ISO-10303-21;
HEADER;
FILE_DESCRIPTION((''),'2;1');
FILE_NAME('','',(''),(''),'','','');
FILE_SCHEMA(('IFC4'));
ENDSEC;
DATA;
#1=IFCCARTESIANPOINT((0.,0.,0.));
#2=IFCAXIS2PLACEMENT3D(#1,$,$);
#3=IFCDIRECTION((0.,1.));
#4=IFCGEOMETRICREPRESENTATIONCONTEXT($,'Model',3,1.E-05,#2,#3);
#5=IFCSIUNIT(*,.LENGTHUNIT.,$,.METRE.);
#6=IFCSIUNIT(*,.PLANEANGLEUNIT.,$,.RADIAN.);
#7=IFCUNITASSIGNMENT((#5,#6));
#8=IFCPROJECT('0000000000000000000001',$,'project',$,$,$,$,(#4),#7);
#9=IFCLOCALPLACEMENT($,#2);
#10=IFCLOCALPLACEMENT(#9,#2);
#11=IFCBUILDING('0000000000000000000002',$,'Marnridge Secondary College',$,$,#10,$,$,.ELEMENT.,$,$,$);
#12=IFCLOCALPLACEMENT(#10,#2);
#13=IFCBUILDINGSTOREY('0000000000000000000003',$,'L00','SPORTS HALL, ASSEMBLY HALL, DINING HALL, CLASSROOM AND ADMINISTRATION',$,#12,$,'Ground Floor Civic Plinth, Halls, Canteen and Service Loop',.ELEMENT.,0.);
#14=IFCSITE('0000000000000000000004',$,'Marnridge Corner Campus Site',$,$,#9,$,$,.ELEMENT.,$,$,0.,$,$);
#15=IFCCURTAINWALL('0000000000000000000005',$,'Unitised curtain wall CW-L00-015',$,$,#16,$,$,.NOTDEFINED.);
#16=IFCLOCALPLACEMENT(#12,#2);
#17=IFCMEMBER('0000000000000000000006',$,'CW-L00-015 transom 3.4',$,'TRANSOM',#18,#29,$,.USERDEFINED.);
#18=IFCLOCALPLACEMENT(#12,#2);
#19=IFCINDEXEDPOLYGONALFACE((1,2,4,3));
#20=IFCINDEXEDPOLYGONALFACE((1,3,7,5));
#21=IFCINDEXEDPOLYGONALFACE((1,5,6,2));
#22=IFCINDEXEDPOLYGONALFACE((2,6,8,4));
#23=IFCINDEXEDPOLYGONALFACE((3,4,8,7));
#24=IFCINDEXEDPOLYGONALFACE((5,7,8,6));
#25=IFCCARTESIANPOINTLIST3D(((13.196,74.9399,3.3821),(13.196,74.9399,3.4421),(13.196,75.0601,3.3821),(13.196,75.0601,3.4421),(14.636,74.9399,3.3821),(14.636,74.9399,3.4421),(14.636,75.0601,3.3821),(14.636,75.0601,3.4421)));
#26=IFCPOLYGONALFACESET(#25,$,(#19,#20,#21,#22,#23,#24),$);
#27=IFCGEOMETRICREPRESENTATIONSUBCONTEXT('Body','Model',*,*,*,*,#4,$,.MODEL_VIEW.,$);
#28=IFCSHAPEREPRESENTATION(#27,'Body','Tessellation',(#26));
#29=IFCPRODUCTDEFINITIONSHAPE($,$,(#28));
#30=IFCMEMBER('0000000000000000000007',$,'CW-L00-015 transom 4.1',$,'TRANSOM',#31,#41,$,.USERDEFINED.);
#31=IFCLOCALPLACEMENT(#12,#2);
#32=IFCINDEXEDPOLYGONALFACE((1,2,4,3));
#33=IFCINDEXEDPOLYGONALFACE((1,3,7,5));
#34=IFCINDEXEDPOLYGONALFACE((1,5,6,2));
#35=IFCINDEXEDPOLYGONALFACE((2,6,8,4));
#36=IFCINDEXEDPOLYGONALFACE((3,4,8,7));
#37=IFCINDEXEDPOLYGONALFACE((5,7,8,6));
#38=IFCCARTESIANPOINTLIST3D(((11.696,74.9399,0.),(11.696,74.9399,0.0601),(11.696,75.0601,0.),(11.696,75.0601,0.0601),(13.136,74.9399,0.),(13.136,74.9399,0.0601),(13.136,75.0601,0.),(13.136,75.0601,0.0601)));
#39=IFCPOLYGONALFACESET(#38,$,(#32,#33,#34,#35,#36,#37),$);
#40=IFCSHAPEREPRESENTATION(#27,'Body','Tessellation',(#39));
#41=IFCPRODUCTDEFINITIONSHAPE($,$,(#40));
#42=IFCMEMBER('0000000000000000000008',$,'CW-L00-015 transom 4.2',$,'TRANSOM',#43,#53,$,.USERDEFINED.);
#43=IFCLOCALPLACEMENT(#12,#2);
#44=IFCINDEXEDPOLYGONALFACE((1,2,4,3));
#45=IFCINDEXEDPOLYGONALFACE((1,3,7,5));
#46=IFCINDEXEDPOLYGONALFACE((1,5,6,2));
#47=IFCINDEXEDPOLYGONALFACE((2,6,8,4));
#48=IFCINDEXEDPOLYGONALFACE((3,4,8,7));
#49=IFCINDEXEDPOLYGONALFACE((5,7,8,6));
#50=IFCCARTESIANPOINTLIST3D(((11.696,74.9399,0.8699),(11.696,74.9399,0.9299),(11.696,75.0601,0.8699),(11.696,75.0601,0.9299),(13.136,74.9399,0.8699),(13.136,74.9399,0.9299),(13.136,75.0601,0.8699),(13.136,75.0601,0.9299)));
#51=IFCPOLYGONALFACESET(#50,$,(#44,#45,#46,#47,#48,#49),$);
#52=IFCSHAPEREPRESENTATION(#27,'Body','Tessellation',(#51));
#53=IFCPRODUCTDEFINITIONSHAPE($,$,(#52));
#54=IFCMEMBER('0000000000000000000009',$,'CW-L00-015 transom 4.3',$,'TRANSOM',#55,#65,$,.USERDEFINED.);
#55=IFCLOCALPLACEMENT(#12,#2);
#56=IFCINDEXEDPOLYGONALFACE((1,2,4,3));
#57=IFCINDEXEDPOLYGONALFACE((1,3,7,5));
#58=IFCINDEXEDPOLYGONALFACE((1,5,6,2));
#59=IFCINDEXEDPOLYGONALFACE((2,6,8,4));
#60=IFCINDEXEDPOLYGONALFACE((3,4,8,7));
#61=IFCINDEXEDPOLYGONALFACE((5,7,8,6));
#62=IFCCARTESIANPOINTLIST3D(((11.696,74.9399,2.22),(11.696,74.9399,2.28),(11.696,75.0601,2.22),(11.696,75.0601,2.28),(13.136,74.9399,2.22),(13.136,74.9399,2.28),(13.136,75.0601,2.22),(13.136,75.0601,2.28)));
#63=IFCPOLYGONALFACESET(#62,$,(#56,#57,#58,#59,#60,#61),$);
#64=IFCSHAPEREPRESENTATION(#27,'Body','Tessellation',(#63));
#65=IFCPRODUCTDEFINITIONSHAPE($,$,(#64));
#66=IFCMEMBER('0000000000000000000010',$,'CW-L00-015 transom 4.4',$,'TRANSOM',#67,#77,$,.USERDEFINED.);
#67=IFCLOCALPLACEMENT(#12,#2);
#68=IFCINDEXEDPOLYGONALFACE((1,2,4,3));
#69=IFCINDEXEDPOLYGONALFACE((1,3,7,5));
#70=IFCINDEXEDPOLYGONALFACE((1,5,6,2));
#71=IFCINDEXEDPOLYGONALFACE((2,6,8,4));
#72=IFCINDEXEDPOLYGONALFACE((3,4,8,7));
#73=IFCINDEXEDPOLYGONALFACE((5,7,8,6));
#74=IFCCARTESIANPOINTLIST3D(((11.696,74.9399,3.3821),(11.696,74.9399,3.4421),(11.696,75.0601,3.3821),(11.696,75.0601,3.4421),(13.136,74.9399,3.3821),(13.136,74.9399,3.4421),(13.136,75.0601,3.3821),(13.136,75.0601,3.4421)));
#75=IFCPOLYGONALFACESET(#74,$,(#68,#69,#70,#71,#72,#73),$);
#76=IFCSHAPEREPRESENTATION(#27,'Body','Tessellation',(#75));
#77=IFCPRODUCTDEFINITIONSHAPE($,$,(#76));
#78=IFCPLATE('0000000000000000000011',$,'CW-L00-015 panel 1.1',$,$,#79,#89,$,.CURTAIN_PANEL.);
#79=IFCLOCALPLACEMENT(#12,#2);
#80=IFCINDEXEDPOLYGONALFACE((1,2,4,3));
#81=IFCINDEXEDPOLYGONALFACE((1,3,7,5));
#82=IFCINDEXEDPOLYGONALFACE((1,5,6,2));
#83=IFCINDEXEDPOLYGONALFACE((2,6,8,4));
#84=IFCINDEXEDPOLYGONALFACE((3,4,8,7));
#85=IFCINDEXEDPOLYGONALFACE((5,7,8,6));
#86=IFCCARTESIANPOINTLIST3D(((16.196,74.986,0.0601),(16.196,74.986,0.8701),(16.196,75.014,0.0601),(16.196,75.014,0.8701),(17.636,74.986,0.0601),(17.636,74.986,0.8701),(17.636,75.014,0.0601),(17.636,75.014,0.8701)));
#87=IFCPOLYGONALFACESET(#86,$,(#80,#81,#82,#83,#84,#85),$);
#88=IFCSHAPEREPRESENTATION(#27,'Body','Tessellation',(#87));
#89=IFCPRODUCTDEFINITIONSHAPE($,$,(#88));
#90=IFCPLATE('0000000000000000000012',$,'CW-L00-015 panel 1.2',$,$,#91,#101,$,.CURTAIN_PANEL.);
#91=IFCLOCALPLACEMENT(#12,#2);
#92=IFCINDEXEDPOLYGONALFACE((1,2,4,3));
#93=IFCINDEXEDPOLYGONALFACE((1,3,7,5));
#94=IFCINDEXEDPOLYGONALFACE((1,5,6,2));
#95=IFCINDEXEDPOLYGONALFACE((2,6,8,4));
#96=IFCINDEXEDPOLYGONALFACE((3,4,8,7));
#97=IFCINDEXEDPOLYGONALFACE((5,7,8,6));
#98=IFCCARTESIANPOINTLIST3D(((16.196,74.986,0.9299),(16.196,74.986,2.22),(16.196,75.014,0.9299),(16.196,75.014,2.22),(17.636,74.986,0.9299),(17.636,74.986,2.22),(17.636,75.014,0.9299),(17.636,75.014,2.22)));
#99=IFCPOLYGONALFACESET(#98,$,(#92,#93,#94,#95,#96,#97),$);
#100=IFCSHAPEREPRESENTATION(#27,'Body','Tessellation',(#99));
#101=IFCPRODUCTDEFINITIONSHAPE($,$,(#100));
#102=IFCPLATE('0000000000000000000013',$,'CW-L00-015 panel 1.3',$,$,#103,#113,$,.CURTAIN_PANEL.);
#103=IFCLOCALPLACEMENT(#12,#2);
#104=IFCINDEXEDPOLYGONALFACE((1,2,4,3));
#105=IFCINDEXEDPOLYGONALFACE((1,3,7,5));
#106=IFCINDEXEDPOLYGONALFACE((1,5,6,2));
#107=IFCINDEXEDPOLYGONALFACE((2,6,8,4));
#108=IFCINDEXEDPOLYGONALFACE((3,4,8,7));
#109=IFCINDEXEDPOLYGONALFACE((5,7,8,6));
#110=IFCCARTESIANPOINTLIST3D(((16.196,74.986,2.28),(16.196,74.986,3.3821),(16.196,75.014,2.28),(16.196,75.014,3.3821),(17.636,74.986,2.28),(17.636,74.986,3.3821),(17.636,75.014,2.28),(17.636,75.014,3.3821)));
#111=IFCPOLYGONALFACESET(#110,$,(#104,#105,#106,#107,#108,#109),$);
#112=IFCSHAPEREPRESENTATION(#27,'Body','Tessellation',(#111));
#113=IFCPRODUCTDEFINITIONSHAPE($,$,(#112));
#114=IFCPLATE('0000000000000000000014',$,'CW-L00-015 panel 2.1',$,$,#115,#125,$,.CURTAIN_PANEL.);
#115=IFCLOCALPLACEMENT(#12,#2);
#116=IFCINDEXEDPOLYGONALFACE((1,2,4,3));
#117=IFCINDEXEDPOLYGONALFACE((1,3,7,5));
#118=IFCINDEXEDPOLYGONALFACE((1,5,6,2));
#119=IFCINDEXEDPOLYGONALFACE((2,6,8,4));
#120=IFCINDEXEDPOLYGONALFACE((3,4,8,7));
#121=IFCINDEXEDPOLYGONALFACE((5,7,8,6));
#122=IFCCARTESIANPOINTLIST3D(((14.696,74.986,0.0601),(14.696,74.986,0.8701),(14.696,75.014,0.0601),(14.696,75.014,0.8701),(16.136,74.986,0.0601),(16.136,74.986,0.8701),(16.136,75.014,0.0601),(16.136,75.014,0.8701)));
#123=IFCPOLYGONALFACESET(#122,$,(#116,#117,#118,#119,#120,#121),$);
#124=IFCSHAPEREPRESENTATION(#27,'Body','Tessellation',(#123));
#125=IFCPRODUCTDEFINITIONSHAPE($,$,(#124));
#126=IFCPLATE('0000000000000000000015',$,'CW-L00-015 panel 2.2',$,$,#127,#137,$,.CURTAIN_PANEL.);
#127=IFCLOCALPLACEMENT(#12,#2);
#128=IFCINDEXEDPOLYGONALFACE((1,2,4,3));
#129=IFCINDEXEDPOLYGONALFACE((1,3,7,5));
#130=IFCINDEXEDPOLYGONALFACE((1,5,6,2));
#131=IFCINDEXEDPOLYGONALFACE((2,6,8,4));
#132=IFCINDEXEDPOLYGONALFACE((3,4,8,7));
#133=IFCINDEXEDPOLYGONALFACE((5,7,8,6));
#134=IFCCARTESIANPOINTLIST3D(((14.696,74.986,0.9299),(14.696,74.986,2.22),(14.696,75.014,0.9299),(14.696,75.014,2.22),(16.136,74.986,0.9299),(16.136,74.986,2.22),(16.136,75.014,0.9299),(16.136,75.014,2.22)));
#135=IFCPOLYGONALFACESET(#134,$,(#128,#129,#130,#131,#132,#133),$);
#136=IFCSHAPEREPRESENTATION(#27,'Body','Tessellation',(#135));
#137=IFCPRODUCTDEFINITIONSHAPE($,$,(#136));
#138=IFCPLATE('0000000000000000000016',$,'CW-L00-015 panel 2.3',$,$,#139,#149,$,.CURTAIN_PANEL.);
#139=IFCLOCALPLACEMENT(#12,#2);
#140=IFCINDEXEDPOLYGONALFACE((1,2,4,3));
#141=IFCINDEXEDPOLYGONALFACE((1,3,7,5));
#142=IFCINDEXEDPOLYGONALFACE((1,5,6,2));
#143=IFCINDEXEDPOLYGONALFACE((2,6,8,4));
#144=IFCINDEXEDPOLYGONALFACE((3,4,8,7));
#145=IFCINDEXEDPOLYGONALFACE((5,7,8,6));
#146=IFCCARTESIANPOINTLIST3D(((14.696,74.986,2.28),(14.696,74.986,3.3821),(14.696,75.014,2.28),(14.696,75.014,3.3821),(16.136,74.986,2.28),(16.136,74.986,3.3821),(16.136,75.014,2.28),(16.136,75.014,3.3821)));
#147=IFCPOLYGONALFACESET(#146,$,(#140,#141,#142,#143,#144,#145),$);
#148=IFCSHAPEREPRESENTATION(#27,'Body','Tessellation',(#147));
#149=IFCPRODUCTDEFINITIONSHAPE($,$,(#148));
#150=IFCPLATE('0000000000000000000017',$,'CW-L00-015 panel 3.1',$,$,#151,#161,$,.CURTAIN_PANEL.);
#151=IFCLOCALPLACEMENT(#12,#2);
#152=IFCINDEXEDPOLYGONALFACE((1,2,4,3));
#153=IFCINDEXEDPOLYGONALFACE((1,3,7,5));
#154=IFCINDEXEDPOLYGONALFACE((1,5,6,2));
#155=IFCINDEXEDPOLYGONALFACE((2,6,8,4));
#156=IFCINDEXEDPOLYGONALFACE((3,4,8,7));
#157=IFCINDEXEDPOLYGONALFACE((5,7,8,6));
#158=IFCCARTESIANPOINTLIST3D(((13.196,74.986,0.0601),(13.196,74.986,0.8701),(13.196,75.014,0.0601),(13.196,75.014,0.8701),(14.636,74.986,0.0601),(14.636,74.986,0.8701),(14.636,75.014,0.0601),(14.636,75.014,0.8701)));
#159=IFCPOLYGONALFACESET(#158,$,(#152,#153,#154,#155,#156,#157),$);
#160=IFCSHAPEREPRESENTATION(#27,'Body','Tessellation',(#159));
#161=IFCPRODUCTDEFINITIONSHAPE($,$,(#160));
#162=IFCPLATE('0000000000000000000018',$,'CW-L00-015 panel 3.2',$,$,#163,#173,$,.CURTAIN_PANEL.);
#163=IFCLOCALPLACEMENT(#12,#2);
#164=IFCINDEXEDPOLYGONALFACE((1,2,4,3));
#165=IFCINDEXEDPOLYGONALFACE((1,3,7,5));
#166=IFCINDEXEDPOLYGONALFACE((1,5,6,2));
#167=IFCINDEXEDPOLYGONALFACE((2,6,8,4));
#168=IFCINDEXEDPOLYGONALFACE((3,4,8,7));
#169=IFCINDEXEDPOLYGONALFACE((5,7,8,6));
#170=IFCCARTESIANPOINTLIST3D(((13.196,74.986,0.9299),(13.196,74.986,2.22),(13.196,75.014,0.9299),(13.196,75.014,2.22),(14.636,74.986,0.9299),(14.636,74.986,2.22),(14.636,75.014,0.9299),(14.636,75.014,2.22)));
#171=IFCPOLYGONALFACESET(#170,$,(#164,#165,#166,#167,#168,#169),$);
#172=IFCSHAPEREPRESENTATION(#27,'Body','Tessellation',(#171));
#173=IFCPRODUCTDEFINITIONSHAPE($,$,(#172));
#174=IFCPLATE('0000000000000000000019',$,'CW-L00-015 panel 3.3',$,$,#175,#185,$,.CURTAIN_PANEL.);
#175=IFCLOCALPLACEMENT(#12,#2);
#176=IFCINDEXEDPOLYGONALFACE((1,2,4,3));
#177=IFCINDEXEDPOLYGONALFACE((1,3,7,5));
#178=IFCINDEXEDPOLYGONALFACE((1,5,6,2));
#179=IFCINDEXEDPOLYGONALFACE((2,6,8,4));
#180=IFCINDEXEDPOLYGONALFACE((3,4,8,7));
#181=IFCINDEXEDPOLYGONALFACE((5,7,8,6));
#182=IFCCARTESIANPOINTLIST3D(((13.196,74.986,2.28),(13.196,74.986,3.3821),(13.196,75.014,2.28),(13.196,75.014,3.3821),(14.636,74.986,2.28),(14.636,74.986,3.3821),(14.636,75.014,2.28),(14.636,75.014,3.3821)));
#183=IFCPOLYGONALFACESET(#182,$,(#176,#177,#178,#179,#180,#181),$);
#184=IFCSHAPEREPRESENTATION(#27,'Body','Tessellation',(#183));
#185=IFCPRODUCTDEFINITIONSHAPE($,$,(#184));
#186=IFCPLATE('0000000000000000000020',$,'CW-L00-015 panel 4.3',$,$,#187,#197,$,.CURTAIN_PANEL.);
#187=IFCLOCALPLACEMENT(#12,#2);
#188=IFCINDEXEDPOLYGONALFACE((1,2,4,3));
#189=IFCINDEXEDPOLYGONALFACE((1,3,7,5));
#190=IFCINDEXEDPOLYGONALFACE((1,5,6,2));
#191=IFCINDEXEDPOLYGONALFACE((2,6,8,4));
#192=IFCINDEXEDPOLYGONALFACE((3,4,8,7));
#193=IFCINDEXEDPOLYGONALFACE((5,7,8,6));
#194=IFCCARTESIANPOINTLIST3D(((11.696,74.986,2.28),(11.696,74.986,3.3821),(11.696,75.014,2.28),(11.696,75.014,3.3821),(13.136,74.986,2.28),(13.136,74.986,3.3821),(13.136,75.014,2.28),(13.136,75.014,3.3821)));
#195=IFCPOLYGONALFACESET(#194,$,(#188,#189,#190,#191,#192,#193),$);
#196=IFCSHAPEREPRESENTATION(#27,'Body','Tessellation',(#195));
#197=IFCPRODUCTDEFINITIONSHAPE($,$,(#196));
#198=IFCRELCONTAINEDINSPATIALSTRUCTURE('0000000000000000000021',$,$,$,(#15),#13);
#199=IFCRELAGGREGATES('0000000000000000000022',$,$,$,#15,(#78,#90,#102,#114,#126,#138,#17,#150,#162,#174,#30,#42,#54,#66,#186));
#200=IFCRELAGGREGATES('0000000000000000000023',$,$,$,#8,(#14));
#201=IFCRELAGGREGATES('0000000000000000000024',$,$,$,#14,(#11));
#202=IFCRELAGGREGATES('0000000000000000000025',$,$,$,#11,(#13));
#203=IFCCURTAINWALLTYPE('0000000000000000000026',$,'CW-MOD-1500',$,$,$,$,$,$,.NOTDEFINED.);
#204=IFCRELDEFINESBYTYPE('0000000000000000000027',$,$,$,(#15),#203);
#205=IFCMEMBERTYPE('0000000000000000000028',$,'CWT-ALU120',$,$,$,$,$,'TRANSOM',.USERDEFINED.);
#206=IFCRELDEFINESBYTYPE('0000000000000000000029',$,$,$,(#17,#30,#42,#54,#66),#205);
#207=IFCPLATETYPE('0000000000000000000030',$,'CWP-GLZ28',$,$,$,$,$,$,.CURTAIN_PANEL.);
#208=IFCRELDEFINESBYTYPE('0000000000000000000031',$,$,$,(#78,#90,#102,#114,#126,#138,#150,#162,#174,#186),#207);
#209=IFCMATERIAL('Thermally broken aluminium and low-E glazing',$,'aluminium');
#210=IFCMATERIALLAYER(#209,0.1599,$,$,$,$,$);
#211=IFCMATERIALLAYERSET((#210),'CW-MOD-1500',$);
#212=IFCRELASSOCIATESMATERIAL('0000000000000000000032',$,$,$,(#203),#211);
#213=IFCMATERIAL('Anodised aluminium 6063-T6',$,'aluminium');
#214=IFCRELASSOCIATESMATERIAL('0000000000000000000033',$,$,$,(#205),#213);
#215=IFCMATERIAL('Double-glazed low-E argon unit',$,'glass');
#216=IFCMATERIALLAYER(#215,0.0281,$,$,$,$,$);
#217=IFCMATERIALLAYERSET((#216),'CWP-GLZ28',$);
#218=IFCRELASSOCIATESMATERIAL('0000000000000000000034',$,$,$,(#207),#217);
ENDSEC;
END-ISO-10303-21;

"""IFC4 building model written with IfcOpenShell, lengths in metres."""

from ifc_helpers import new_model, si_unit, direction, frame, origin, origin_2d, place, context, subcontext, project, spatial, rectangle, extrude, material, layer, layer_set, material_profile, profile_set, type_object, element, aggregate, save


model = new_model("IFC4")

# Units and contexts
model_context = context("Model", 3, precision=1e-05, world=origin(), true_north=direction((0.0, 1.0)))
body_context = subcontext(model_context, "Body", "Model", "MODEL_VIEW")
ifc_project = project(units=[si_unit("LENGTHUNIT", "METRE"), si_unit("PLANEANGLEUNIT", "RADIAN")], contexts=[model_context])

# Site, building, storey
site_placement = place(None, origin())
site = spatial("IfcSite", under=ifc_project, at=site_placement, Name="Marnridge Corner Campus Site", CompositionType="ELEMENT", RefElevation=0.0)
building_placement = place(site_placement, origin())
building = spatial("IfcBuilding", under=site, at=building_placement, Name="Marnridge Secondary College", CompositionType="ELEMENT")
storey_placement = place(building_placement, origin())
storey = spatial("IfcBuildingStorey", under=building, at=storey_placement, Name="L00", Description="SPORTS HALL, ASSEMBLY HALL, DINING HALL, CLASSROOM AND ADMINISTRATION", LongName="Ground Floor Civic Plinth, Halls, Canteen and Service Loop", CompositionType="ELEMENT", Elevation=0.0)

# Curtain wall, members, plates
ifc_material_1 = material(Name="Thermally broken aluminium and low-E glazing", Category="aluminium")
ifc_layer_1 = layer(ifc_material_1, 0.1599)
ifc_layer_set_1 = layer_set([ifc_layer_1], Name="CW-MOD-1500")
curtain_wall_type = type_object("IfcCurtainWallType", Name="CW-MOD-1500", PredefinedType="NOTDEFINED", material=ifc_layer_set_1)
curtain_wall_placement = place(storey_placement, origin())
curtain_wall = element("IfcCurtainWall", 1, at=curtain_wall_placement, inside=storey, type_object=curtain_wall_type, Name="Unitised curtain wall CW-L00-015", PredefinedType="NOTDEFINED")
ifc_material_2 = material(Name="Anodised aluminium 6063-T6", Category="aluminium")
ifc_material_profile_1 = material_profile(ifc_material_2, rectangle(XDim=0.0601, YDim=0.1201, at=origin_2d()), Name="ALU 60x120")
ifc_profile_set_1 = profile_set([ifc_material_profile_1], Name="Anodised aluminium 6063-T6")
member_type_1 = type_object("IfcMemberType", Name="CWT-ALU120", ElementType="TRANSOM", PredefinedType="USERDEFINED", material=ifc_profile_set_1)
member_1_placement = place(storey_placement, frame((14.636, 75.0, 3.4121), z_axis=(-1.0, 0.0, 0.0), x_axis=(0.0, 0.0, 1.0)))
member_1 = element("IfcMember", 2, at=member_1_placement, type_object=member_type_1, Name="CW-L00-015 transom 3.4", ObjectType="TRANSOM", PredefinedType="USERDEFINED", context=body_context, shape_type="SweptSolid", body=[
    extrude(rectangle(XDim=0.0601, YDim=0.1201, at=origin_2d()), origin(), (0.0, 0.0, 1.0), 1.4399),
])
member_2_placement = place(storey_placement, frame((13.136, 75.0, 0.03), z_axis=(-1.0, 0.0, 0.0), x_axis=(0.0, 0.0, 1.0)))
member_2 = element("IfcMember", 3, at=member_2_placement, type_object=member_type_1, Name="CW-L00-015 transom 4.1", ObjectType="TRANSOM", PredefinedType="USERDEFINED", context=body_context, shape_type="SweptSolid", body=[
    extrude(rectangle(XDim=0.0601, YDim=0.1201, at=origin_2d()), origin(), (0.0, 0.0, 1.0), 1.4399),
])
member_3_placement = place(storey_placement, frame((13.136, 75.0, 0.8999), z_axis=(-1.0, 0.0, 0.0), x_axis=(0.0, 0.0, 1.0)))
member_3 = element("IfcMember", 4, at=member_3_placement, type_object=member_type_1, Name="CW-L00-015 transom 4.2", ObjectType="TRANSOM", PredefinedType="USERDEFINED", context=body_context, shape_type="SweptSolid", body=[
    extrude(rectangle(XDim=0.0601, YDim=0.1201, at=origin_2d()), origin(), (0.0, 0.0, 1.0), 1.4399),
])
member_4_placement = place(storey_placement, frame((13.136, 75.0, 2.25), z_axis=(-1.0, 0.0, 0.0), x_axis=(0.0, 0.0, 1.0)))
member_4 = element("IfcMember", 5, at=member_4_placement, type_object=member_type_1, Name="CW-L00-015 transom 4.3", ObjectType="TRANSOM", PredefinedType="USERDEFINED", context=body_context, shape_type="SweptSolid", body=[
    extrude(rectangle(XDim=0.0601, YDim=0.1201, at=origin_2d()), origin(), (0.0, 0.0, 1.0), 1.4399),
])
member_5_placement = place(storey_placement, frame((13.136, 75.0, 3.4121), z_axis=(-1.0, 0.0, 0.0), x_axis=(0.0, 0.0, 1.0)))
member_5 = element("IfcMember", 6, at=member_5_placement, type_object=member_type_1, Name="CW-L00-015 transom 4.4", ObjectType="TRANSOM", PredefinedType="USERDEFINED", context=body_context, shape_type="SweptSolid", body=[
    extrude(rectangle(XDim=0.0601, YDim=0.1201, at=origin_2d()), origin(), (0.0, 0.0, 1.0), 1.4399),
])
ifc_material_3 = material(Name="Double-glazed low-E argon unit", Category="glass")
ifc_layer_2 = layer(ifc_material_3, 0.0281)
ifc_layer_set_2 = layer_set([ifc_layer_2], Name="CWP-GLZ28")
plate_type = type_object("IfcPlateType", Name="CWP-GLZ28", PredefinedType="CURTAIN_PANEL", material=ifc_layer_set_2)
plate_1_placement = place(storey_placement, frame((16.916, 75.0, 0.0601), z_axis=(0.0, 0.0, 1.0), x_axis=(-1.0, 0.0, 0.0)))
plate_1 = element("IfcPlate", 7, at=plate_1_placement, type_object=plate_type, Name="CW-L00-015 panel 1.1", PredefinedType="CURTAIN_PANEL", context=body_context, shape_type="SweptSolid", body=[
    extrude(rectangle(XDim=1.4399, YDim=0.0281, at=origin_2d()), origin(), (0.0, 0.0, 1.0), 0.8101),
])
plate_2_placement = place(storey_placement, frame((16.916, 75.0, 0.9299), z_axis=(0.0, 0.0, 1.0), x_axis=(-1.0, 0.0, 0.0)))
plate_2 = element("IfcPlate", 8, at=plate_2_placement, type_object=plate_type, Name="CW-L00-015 panel 1.2", PredefinedType="CURTAIN_PANEL", context=body_context, shape_type="SweptSolid", body=[
    extrude(rectangle(XDim=1.4399, YDim=0.0281, at=origin_2d()), origin(), (0.0, 0.0, 1.0), 1.29),
])
plate_3_placement = place(storey_placement, frame((16.916, 75.0, 2.28), z_axis=(0.0, 0.0, 1.0), x_axis=(-1.0, 0.0, 0.0)))
plate_3 = element("IfcPlate", 9, at=plate_3_placement, type_object=plate_type, Name="CW-L00-015 panel 1.3", PredefinedType="CURTAIN_PANEL", context=body_context, shape_type="SweptSolid", body=[
    extrude(rectangle(XDim=1.4399, YDim=0.0281, at=origin_2d()), origin(), (0.0, 0.0, 1.0), 1.1021),
])
plate_4_placement = place(storey_placement, frame((15.416, 75.0, 0.0601), z_axis=(0.0, 0.0, 1.0), x_axis=(-1.0, 0.0, 0.0)))
plate_4 = element("IfcPlate", 10, at=plate_4_placement, type_object=plate_type, Name="CW-L00-015 panel 2.1", PredefinedType="CURTAIN_PANEL", context=body_context, shape_type="SweptSolid", body=[
    extrude(rectangle(XDim=1.4399, YDim=0.0281, at=origin_2d()), origin(), (0.0, 0.0, 1.0), 0.8101),
])
plate_5_placement = place(storey_placement, frame((15.416, 75.0, 0.9299), z_axis=(0.0, 0.0, 1.0), x_axis=(-1.0, 0.0, 0.0)))
plate_5 = element("IfcPlate", 11, at=plate_5_placement, type_object=plate_type, Name="CW-L00-015 panel 2.2", PredefinedType="CURTAIN_PANEL", context=body_context, shape_type="SweptSolid", body=[
    extrude(rectangle(XDim=1.4399, YDim=0.0281, at=origin_2d()), origin(), (0.0, 0.0, 1.0), 1.29),
])
plate_6_placement = place(storey_placement, frame((15.416, 75.0, 2.28), z_axis=(0.0, 0.0, 1.0), x_axis=(-1.0, 0.0, 0.0)))
plate_6 = element("IfcPlate", 12, at=plate_6_placement, type_object=plate_type, Name="CW-L00-015 panel 2.3", PredefinedType="CURTAIN_PANEL", context=body_context, shape_type="SweptSolid", body=[
    extrude(rectangle(XDim=1.4399, YDim=0.0281, at=origin_2d()), origin(), (0.0, 0.0, 1.0), 1.1021),
])
plate_7_placement = place(storey_placement, frame((13.916, 75.0, 0.0601), z_axis=(0.0, 0.0, 1.0), x_axis=(-1.0, 0.0, 0.0)))
plate_7 = element("IfcPlate", 13, at=plate_7_placement, type_object=plate_type, Name="CW-L00-015 panel 3.1", PredefinedType="CURTAIN_PANEL", context=body_context, shape_type="SweptSolid", body=[
    extrude(rectangle(XDim=1.4399, YDim=0.0281, at=origin_2d()), origin(), (0.0, 0.0, 1.0), 0.8101),
])
plate_8_placement = place(storey_placement, frame((13.916, 75.0, 0.9299), z_axis=(0.0, 0.0, 1.0), x_axis=(-1.0, 0.0, 0.0)))
plate_8 = element("IfcPlate", 14, at=plate_8_placement, type_object=plate_type, Name="CW-L00-015 panel 3.2", PredefinedType="CURTAIN_PANEL", context=body_context, shape_type="SweptSolid", body=[
    extrude(rectangle(XDim=1.4399, YDim=0.0281, at=origin_2d()), origin(), (0.0, 0.0, 1.0), 1.29),
])
plate_9_placement = place(storey_placement, frame((13.916, 75.0, 2.28), z_axis=(0.0, 0.0, 1.0), x_axis=(-1.0, 0.0, 0.0)))
plate_9 = element("IfcPlate", 15, at=plate_9_placement, type_object=plate_type, Name="CW-L00-015 panel 3.3", PredefinedType="CURTAIN_PANEL", context=body_context, shape_type="SweptSolid", body=[
    extrude(rectangle(XDim=1.4399, YDim=0.0281, at=origin_2d()), origin(), (0.0, 0.0, 1.0), 1.1021),
])
plate_10_placement = place(storey_placement, frame((12.416, 75.0, 2.28), z_axis=(0.0, 0.0, 1.0), x_axis=(-1.0, 0.0, 0.0)))
plate_10 = element("IfcPlate", 16, at=plate_10_placement, type_object=plate_type, Name="CW-L00-015 panel 4.3", PredefinedType="CURTAIN_PANEL", context=body_context, shape_type="SweptSolid", body=[
    extrude(rectangle(XDim=1.4399, YDim=0.0281, at=origin_2d()), origin(), (0.0, 0.0, 1.0), 1.1021),
])
aggregate(curtain_wall, [plate_1, plate_2, plate_3, plate_4, plate_5, plate_6, member_1, plate_7, plate_8, plate_9, member_2, member_3, member_4, member_5, plate_10])

save(model, "model.ifc")
